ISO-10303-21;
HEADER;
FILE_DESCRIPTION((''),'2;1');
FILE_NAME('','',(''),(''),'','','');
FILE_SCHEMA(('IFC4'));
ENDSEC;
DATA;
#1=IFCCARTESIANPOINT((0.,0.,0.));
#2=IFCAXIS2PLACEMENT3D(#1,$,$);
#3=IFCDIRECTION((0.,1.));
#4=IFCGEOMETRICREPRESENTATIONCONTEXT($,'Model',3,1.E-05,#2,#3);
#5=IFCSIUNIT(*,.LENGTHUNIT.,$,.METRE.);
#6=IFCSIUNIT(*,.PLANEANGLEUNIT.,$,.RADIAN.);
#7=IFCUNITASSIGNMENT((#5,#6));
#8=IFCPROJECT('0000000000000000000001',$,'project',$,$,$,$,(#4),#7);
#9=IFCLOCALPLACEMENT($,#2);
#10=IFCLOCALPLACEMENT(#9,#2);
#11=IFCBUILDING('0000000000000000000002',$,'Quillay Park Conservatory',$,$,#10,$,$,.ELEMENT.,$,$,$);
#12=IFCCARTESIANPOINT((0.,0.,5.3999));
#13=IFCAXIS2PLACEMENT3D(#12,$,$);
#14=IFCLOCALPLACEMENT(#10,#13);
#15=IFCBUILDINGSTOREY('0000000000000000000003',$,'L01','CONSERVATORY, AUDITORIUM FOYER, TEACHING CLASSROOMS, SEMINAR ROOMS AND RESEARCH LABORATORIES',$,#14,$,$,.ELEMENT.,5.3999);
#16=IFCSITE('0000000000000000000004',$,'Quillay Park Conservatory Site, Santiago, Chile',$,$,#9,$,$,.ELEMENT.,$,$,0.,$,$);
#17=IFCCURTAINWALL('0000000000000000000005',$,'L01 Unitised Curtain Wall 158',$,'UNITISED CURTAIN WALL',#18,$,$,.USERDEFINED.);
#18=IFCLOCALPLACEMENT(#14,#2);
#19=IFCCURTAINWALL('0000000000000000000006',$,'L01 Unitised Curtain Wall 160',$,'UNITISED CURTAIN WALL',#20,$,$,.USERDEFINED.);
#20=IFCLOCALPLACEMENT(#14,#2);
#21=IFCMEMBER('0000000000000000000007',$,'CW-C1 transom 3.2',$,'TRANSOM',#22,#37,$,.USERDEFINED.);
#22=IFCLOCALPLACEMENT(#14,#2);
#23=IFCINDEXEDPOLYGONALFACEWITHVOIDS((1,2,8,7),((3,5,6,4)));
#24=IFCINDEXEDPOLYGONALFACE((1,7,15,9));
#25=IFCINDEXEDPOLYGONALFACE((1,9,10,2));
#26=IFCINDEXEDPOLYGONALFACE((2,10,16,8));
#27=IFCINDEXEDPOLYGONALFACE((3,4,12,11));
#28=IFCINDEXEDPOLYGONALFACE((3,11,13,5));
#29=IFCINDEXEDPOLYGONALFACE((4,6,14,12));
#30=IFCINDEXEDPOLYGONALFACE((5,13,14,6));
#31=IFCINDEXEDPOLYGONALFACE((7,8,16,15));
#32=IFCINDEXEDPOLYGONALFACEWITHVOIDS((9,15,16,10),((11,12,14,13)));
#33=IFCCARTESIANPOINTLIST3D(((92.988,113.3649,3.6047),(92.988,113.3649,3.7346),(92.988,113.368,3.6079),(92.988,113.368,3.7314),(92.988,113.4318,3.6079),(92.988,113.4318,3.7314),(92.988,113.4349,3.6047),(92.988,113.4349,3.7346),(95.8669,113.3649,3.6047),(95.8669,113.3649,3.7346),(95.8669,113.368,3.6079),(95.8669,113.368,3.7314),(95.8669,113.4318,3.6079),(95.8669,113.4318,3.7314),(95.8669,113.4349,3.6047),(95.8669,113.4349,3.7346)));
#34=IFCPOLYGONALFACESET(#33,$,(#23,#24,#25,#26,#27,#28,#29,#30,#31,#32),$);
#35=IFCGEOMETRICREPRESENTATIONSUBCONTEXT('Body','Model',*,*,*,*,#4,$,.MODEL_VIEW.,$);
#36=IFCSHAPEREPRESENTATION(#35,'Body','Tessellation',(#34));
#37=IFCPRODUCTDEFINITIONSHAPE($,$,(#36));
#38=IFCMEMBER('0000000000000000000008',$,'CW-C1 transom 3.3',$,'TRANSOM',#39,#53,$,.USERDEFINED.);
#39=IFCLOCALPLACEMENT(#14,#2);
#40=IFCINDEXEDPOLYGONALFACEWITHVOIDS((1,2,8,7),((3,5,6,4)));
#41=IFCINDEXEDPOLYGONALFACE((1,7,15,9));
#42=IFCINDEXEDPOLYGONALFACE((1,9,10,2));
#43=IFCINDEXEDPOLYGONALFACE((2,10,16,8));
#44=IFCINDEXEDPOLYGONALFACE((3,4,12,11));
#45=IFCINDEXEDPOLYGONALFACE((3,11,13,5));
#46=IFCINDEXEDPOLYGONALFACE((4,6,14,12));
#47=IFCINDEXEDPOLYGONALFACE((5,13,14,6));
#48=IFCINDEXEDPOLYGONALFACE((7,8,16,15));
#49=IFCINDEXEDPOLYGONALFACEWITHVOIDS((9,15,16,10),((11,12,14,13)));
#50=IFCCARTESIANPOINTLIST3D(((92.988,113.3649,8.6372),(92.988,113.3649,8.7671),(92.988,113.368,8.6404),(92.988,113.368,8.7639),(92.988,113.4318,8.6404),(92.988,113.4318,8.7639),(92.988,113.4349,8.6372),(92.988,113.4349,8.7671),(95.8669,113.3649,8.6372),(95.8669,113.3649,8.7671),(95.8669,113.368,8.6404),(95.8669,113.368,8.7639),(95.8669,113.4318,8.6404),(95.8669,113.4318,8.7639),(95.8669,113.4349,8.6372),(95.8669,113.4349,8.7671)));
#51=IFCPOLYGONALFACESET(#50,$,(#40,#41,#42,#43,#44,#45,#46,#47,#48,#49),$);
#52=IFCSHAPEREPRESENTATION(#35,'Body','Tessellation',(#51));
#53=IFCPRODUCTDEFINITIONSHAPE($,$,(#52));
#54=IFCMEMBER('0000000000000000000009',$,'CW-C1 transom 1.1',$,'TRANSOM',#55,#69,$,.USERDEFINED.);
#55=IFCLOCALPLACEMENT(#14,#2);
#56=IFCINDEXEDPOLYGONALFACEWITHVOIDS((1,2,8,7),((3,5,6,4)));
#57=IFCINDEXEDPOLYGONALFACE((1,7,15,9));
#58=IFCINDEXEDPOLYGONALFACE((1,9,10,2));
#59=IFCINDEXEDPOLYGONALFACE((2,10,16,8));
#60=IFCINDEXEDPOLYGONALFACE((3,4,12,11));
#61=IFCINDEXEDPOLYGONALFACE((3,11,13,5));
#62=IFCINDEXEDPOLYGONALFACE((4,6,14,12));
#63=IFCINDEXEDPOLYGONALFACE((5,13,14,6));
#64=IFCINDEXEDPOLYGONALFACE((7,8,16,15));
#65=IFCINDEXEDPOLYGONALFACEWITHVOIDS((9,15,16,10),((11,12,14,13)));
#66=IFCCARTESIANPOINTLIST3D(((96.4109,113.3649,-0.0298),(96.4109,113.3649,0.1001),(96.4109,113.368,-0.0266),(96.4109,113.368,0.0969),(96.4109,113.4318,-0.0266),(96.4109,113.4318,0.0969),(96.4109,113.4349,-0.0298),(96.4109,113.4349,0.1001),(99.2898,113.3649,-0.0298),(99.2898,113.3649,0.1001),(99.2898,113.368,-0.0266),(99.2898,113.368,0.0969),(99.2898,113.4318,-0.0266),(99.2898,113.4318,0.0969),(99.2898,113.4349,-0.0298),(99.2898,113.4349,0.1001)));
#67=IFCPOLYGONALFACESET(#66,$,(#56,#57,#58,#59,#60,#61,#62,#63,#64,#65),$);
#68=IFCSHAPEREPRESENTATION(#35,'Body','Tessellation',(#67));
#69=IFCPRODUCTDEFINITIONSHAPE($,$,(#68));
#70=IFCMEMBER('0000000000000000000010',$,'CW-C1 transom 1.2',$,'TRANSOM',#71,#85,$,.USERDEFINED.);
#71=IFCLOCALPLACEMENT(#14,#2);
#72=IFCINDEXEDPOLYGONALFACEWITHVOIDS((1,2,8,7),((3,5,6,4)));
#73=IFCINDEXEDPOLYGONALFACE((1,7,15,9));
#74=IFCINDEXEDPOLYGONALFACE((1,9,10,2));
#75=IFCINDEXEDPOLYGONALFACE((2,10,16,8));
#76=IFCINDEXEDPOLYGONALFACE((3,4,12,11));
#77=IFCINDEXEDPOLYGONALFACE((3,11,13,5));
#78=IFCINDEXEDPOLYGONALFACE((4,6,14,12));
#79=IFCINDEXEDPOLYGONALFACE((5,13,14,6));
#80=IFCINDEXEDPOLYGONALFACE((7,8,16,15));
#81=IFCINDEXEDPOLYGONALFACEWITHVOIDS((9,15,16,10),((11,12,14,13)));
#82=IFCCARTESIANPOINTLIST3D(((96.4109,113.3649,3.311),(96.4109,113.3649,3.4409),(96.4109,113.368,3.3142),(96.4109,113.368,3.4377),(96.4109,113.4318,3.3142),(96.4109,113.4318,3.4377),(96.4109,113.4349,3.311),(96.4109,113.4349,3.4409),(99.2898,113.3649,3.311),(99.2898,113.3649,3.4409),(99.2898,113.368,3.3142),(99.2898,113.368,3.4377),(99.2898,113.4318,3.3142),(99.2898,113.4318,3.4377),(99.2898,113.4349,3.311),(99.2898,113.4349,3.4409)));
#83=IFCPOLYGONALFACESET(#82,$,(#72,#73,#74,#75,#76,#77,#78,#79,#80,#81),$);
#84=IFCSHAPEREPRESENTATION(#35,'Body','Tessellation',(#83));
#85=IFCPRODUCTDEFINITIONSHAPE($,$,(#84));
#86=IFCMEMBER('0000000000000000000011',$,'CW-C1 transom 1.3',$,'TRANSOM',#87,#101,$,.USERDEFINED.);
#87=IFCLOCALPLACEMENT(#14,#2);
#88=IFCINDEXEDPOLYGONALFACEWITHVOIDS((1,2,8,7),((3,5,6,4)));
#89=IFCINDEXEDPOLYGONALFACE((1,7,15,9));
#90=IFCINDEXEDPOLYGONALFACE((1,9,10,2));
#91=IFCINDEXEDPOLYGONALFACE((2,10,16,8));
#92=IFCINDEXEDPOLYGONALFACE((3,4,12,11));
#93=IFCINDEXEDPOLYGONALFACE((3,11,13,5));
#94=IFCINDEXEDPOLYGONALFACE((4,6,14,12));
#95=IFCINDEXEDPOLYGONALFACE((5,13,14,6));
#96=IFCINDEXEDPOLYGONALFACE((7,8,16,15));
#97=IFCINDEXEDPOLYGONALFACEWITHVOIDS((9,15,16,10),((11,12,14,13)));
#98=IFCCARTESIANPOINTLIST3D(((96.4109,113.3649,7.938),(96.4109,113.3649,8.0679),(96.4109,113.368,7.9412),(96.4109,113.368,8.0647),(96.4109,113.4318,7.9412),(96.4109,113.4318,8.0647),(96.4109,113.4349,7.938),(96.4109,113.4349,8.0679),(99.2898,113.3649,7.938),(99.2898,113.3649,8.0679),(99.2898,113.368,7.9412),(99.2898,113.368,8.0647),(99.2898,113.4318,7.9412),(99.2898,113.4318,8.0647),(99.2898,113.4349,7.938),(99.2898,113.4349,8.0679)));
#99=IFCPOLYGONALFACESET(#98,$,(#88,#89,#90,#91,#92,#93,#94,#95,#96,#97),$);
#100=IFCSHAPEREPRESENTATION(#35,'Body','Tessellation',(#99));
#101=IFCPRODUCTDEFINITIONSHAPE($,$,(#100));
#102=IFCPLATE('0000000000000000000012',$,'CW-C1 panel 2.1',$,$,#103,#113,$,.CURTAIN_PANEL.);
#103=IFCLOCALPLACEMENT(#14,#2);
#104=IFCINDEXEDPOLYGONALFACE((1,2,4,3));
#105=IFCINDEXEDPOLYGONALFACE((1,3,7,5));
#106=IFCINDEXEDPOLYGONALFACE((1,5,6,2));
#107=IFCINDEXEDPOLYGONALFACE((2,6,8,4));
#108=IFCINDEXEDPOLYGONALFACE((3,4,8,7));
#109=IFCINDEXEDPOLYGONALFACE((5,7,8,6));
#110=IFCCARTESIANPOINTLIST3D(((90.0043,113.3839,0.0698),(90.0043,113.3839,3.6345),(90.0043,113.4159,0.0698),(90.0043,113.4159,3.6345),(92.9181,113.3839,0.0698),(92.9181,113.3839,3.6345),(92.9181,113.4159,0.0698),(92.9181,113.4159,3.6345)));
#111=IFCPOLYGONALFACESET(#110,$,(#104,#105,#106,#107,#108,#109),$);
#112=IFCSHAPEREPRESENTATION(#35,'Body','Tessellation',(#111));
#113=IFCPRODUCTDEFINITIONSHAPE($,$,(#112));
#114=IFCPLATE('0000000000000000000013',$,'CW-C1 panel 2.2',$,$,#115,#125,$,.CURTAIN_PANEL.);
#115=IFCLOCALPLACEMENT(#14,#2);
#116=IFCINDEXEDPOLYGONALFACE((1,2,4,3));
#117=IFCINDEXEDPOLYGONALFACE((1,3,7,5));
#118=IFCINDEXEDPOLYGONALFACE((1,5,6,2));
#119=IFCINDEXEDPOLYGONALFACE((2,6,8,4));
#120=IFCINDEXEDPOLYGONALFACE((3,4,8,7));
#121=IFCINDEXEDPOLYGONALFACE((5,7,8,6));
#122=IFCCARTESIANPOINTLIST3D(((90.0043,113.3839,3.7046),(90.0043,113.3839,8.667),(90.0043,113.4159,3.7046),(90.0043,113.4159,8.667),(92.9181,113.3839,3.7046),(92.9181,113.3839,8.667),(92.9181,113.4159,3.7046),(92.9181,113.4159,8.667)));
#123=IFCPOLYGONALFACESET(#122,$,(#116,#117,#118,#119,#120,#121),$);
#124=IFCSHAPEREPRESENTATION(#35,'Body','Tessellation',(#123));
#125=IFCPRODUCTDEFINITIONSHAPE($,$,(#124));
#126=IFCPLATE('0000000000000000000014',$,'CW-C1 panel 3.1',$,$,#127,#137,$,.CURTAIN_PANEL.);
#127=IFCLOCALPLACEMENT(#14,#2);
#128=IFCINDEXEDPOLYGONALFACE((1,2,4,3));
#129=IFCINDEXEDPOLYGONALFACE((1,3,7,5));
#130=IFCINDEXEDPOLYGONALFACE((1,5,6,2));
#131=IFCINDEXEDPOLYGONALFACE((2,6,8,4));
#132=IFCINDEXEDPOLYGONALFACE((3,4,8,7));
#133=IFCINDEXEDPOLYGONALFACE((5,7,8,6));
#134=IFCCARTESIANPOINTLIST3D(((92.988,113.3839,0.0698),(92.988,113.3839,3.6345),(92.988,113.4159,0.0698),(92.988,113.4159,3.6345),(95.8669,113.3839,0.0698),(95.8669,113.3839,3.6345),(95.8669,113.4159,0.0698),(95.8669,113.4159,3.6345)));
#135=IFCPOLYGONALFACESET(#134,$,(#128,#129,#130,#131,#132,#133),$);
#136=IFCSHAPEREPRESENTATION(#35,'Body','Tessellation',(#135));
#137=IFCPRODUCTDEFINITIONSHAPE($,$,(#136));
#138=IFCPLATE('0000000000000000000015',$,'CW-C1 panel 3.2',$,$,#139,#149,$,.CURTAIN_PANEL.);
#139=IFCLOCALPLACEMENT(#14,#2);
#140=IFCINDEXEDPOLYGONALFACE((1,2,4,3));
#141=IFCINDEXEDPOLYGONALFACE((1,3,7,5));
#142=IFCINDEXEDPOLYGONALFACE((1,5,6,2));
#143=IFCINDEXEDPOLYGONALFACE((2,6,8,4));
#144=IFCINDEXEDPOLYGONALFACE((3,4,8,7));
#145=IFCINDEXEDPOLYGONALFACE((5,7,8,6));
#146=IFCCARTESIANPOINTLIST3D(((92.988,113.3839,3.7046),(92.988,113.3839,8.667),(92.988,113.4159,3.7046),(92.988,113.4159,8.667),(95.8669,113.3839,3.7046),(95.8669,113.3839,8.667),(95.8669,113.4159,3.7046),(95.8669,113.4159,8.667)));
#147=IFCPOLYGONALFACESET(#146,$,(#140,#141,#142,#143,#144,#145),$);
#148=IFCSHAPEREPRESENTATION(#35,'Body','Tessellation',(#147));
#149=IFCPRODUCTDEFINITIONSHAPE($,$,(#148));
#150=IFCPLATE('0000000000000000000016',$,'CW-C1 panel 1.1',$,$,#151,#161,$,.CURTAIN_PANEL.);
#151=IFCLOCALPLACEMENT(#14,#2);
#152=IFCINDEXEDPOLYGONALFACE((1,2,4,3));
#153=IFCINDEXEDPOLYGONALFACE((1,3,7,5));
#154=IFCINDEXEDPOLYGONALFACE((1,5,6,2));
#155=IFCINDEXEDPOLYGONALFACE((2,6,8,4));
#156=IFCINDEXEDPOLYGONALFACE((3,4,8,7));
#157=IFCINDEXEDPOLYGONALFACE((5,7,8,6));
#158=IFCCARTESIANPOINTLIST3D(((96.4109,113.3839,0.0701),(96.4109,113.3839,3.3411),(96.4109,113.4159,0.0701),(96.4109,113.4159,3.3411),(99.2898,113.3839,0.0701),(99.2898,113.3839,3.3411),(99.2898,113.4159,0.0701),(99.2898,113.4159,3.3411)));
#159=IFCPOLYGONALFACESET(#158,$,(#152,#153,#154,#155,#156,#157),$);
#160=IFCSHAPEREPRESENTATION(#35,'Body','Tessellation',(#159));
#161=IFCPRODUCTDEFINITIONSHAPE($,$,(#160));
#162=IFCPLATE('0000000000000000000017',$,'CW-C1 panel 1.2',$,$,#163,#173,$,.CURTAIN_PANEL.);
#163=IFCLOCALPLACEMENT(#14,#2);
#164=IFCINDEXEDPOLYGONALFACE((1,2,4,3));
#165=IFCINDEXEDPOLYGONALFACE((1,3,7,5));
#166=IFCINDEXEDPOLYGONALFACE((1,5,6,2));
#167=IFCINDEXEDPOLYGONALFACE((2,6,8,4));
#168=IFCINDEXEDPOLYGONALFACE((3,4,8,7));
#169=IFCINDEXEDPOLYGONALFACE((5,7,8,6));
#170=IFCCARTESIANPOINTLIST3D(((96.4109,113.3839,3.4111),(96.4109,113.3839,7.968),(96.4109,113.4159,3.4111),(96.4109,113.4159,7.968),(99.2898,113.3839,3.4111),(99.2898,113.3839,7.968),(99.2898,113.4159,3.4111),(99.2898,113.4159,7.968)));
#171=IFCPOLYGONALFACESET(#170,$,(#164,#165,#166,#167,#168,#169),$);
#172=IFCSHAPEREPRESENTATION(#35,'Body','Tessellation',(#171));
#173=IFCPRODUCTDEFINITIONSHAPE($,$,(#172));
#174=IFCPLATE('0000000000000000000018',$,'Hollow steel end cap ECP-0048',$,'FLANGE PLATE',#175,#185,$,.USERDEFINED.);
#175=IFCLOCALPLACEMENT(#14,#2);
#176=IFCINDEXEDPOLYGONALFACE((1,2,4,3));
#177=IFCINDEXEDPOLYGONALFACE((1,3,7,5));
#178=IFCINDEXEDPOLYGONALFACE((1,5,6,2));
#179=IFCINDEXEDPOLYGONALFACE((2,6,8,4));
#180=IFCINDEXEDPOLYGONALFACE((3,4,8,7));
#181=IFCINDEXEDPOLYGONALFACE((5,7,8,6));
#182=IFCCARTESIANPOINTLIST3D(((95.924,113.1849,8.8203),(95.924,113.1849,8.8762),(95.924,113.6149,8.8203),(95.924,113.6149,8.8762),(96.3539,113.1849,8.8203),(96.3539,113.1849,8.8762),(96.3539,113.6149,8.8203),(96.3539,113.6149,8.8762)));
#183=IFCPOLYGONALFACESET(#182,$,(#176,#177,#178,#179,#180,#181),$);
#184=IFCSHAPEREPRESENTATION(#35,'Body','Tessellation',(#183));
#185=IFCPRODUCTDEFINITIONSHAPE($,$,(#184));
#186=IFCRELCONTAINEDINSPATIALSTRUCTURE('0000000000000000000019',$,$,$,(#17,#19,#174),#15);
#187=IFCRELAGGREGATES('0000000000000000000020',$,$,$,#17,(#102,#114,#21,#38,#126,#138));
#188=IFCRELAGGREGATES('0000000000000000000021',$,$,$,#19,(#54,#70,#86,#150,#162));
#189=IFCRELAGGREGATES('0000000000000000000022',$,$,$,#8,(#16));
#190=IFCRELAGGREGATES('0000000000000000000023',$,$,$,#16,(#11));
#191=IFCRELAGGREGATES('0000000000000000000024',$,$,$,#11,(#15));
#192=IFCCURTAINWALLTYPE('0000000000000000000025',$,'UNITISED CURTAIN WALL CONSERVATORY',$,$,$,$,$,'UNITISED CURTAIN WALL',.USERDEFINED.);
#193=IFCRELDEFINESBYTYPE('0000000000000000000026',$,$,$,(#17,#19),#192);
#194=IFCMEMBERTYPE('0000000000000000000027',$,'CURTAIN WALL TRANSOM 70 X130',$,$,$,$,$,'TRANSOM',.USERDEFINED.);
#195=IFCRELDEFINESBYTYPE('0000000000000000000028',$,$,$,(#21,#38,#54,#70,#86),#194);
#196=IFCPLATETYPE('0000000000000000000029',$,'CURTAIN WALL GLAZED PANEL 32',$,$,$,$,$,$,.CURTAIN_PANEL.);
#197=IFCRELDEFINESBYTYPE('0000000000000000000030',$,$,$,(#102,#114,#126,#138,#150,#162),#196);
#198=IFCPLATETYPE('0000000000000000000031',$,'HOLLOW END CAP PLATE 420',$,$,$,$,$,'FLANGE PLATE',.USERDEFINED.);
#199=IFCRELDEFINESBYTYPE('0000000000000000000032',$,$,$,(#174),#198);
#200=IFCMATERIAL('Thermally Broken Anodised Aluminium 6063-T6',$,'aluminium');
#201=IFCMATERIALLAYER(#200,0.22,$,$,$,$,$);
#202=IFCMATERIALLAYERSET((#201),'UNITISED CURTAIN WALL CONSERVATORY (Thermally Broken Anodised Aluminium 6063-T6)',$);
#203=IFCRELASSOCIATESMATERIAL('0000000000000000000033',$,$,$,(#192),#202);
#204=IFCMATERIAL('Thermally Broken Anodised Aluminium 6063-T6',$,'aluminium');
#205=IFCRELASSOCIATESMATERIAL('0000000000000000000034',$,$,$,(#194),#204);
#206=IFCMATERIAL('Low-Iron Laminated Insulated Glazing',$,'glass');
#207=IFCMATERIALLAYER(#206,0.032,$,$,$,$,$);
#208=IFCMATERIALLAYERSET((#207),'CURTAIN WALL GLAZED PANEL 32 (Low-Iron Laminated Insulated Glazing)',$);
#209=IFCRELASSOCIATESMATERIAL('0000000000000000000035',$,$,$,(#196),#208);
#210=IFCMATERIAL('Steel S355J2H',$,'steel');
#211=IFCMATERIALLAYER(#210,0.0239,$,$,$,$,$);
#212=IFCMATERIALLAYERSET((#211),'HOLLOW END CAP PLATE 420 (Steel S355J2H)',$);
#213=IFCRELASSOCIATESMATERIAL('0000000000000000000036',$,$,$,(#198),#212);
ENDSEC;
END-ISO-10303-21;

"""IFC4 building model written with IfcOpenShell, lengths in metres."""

from ifc_helpers import new_model, si_unit, direction, frame, origin, origin_2d, place, context, subcontext, project, spatial, rectangle, hollow_rectangle, extrude, material, layer, layer_set, material_profile, profile_set, type_object, element, aggregate, save


model = new_model("IFC4")

# Units and contexts
model_context = context("Model", 3, precision=1e-05, world=origin(), true_north=direction((0.0, 1.0)))
body_context = subcontext(model_context, "Body", "Model", "MODEL_VIEW")
ifc_project = project(units=[si_unit("LENGTHUNIT", "METRE"), si_unit("PLANEANGLEUNIT", "RADIAN")], contexts=[model_context])

# Site, building, storey
site_placement = place(None, origin())
site = spatial("IfcSite", under=ifc_project, at=site_placement, Name="Quillay Park Conservatory Site, Santiago, Chile", CompositionType="ELEMENT", RefElevation=0.0)
building_placement = place(site_placement, origin())
building = spatial("IfcBuilding", under=site, at=building_placement, Name="Quillay Park Conservatory", CompositionType="ELEMENT")
storey_placement = place(building_placement, frame((0.0, 0.0, 5.3999)))
storey = spatial("IfcBuildingStorey", under=building, at=storey_placement, Name="L01", Description="CONSERVATORY, AUDITORIUM FOYER, TEACHING CLASSROOMS, SEMINAR ROOMS AND RESEARCH LABORATORIES", CompositionType="ELEMENT", Elevation=5.3999)

# Curtain walls
ifc_material_1 = material(Name="Thermally Broken Anodised Aluminium 6063-T6", Category="aluminium")
ifc_layer_1 = layer(ifc_material_1, 0.22)
ifc_layer_set_1 = layer_set([ifc_layer_1], Name="UNITISED CURTAIN WALL CONSERVATORY (Thermally Broken Anodised Aluminium 6063-T6)")
curtain_wall_type = type_object("IfcCurtainWallType", Name="UNITISED CURTAIN WALL CONSERVATORY", ElementType="UNITISED CURTAIN WALL", PredefinedType="USERDEFINED", material=ifc_layer_set_1)
curtain_wall_1_placement = place(storey_placement, origin())
curtain_wall_1 = element("IfcCurtainWall", 1, at=curtain_wall_1_placement, inside=storey, type_object=curtain_wall_type, Name="L01 Unitised Curtain Wall 158", ObjectType="UNITISED CURTAIN WALL", PredefinedType="USERDEFINED")
curtain_wall_2_placement = place(storey_placement, origin())
curtain_wall_2 = element("IfcCurtainWall", 2, at=curtain_wall_2_placement, inside=storey, type_object=curtain_wall_type, Name="L01 Unitised Curtain Wall 160", ObjectType="UNITISED CURTAIN WALL", PredefinedType="USERDEFINED")

# Members
ifc_material_2 = material(Name="Thermally Broken Anodised Aluminium 6063-T6", Category="aluminium")
ifc_material_profile_1 = material_profile(ifc_material_2, hollow_rectangle(XDim=0.0701, YDim=0.1299, WallThickness=0.0032, at=origin_2d()), Name="AL70x130x3.2")
ifc_profile_set_1 = profile_set([ifc_material_profile_1], Name="Thermally Broken Anodised Aluminium 6063-T6")
member_type_1 = type_object("IfcMemberType", Name="CURTAIN WALL TRANSOM 70 X130", ElementType="TRANSOM", PredefinedType="USERDEFINED", material=ifc_profile_set_1)
member_1_placement = place(storey_placement, frame((92.988, 113.3999, 3.6697), z_axis=(1.0, 0.0, 0.0), x_axis=(0.0, 1.0, 0.0)))
member_1 = element("IfcMember", 3, at=member_1_placement, type_object=member_type_1, Name="CW-C1 transom 3.2", ObjectType="TRANSOM", PredefinedType="USERDEFINED", context=body_context, shape_type="SweptSolid", body=[
    extrude(hollow_rectangle(XDim=0.0701, YDim=0.1299, WallThickness=0.0032, at=origin_2d()), origin(), (0.0, 0.0, 1.0), 2.8789),
])
member_2_placement = place(storey_placement, frame((92.988, 113.3999, 8.7021), z_axis=(1.0, 0.0, 0.0), x_axis=(0.0, 1.0, 0.0)))
member_2 = element("IfcMember", 4, at=member_2_placement, type_object=member_type_1, Name="CW-C1 transom 3.3", ObjectType="TRANSOM", PredefinedType="USERDEFINED", context=body_context, shape_type="SweptSolid", body=[
    extrude(hollow_rectangle(XDim=0.0701, YDim=0.1299, WallThickness=0.0032, at=origin_2d()), origin(), (0.0, 0.0, 1.0), 2.8789),
])
member_3_placement = place(storey_placement, frame((96.4109, 113.3999, 0.0352), z_axis=(1.0, 0.0, 0.0), x_axis=(0.0, 1.0, 0.0)))
member_3 = element("IfcMember", 5, at=member_3_placement, type_object=member_type_1, Name="CW-C1 transom 1.1", ObjectType="TRANSOM", PredefinedType="USERDEFINED", context=body_context, shape_type="SweptSolid", body=[
    extrude(hollow_rectangle(XDim=0.0701, YDim=0.1299, WallThickness=0.0032, at=origin_2d()), origin(), (0.0, 0.0, 1.0), 2.8789),
])
member_4_placement = place(storey_placement, frame((96.4109, 113.3999, 3.376), z_axis=(1.0, 0.0, 0.0), x_axis=(0.0, 1.0, 0.0)))
member_4 = element("IfcMember", 6, at=member_4_placement, type_object=member_type_1, Name="CW-C1 transom 1.2", ObjectType="TRANSOM", PredefinedType="USERDEFINED", context=body_context, shape_type="SweptSolid", body=[
    extrude(hollow_rectangle(XDim=0.0701, YDim=0.1299, WallThickness=0.0032, at=origin_2d()), origin(), (0.0, 0.0, 1.0), 2.8789),
])
member_5_placement = place(storey_placement, frame((96.4109, 113.3999, 8.0029), z_axis=(1.0, 0.0, 0.0), x_axis=(0.0, 1.0, 0.0)))
member_5 = element("IfcMember", 7, at=member_5_placement, type_object=member_type_1, Name="CW-C1 transom 1.3", ObjectType="TRANSOM", PredefinedType="USERDEFINED", context=body_context, shape_type="SweptSolid", body=[
    extrude(hollow_rectangle(XDim=0.0701, YDim=0.1299, WallThickness=0.0032, at=origin_2d()), origin(), (0.0, 0.0, 1.0), 2.8789),
])

# Plates
ifc_material_3 = material(Name="Low-Iron Laminated Insulated Glazing", Category="glass")
ifc_layer_2 = layer(ifc_material_3, 0.032)
ifc_layer_set_2 = layer_set([ifc_layer_2], Name="CURTAIN WALL GLAZED PANEL 32 (Low-Iron Laminated Insulated Glazing)")
plate_type_1 = type_object("IfcPlateType", Name="CURTAIN WALL GLAZED PANEL 32", PredefinedType="CURTAIN_PANEL", material=ifc_layer_set_2)
plate_1_placement = place(storey_placement, frame((91.4612, 113.3999, 0.0698), z_axis=(0.0, 0.0, 1.0), x_axis=(1.0, 0.0, 0.0)))
plate_1 = element("IfcPlate", 8, at=plate_1_placement, type_object=plate_type_1, Name="CW-C1 panel 2.1", PredefinedType="CURTAIN_PANEL", context=body_context, shape_type="SweptSolid", body=[
    extrude(rectangle(XDim=2.9138, YDim=0.032, at=origin_2d()), origin(), (0.0, 0.0, 1.0), 3.5647),
])
plate_2_placement = place(storey_placement, frame((91.4612, 113.3999, 3.7046), z_axis=(0.0, 0.0, 1.0), x_axis=(1.0, 0.0, 0.0)))
plate_2 = element("IfcPlate", 9, at=plate_2_placement, type_object=plate_type_1, Name="CW-C1 panel 2.2", PredefinedType="CURTAIN_PANEL", context=body_context, shape_type="SweptSolid", body=[
    extrude(rectangle(XDim=2.9138, YDim=0.032, at=origin_2d()), origin(), (0.0, 0.0, 1.0), 4.9624),
])
plate_3_placement = place(storey_placement, frame((94.4275, 113.3999, 0.0698), z_axis=(0.0, 0.0, 1.0), x_axis=(1.0, 0.0, 0.0)))
plate_3 = element("IfcPlate", 10, at=plate_3_placement, type_object=plate_type_1, Name="CW-C1 panel 3.1", PredefinedType="CURTAIN_PANEL", context=body_context, shape_type="SweptSolid", body=[
    extrude(rectangle(XDim=2.8789, YDim=0.032, at=origin_2d()), origin(), (0.0, 0.0, 1.0), 3.5647),
])
plate_4_placement = place(storey_placement, frame((94.4275, 113.3999, 3.7046), z_axis=(0.0, 0.0, 1.0), x_axis=(1.0, 0.0, 0.0)))
plate_4 = element("IfcPlate", 11, at=plate_4_placement, type_object=plate_type_1, Name="CW-C1 panel 3.2", PredefinedType="CURTAIN_PANEL", context=body_context, shape_type="SweptSolid", body=[
    extrude(rectangle(XDim=2.8789, YDim=0.032, at=origin_2d()), origin(), (0.0, 0.0, 1.0), 4.9624),
])
aggregate(curtain_wall_1, [plate_1, plate_2, member_1, member_2, plate_3, plate_4])
plate_5_placement = place(storey_placement, frame((97.8503, 113.3999, 0.0701), z_axis=(0.0, 0.0, 1.0), x_axis=(1.0, 0.0, 0.0)))
plate_5 = element("IfcPlate", 12, at=plate_5_placement, type_object=plate_type_1, Name="CW-C1 panel 1.1", PredefinedType="CURTAIN_PANEL", context=body_context, shape_type="SweptSolid", body=[
    extrude(rectangle(XDim=2.8789, YDim=0.032, at=origin_2d()), origin(), (0.0, 0.0, 1.0), 3.271),
])
plate_6_placement = place(storey_placement, frame((97.8503, 113.3999, 3.4111), z_axis=(0.0, 0.0, 1.0), x_axis=(1.0, 0.0, 0.0)))
plate_6 = element("IfcPlate", 13, at=plate_6_placement, type_object=plate_type_1, Name="CW-C1 panel 1.2", PredefinedType="CURTAIN_PANEL", context=body_context, shape_type="SweptSolid", body=[
    extrude(rectangle(XDim=2.8789, YDim=0.032, at=origin_2d()), origin(), (0.0, 0.0, 1.0), 4.5569),
])
aggregate(curtain_wall_2, [member_3, member_4, member_5, plate_5, plate_6])
ifc_material_4 = material(Name="Steel S355J2H", Category="steel")
ifc_layer_3 = layer(ifc_material_4, 0.0239)
ifc_layer_set_3 = layer_set([ifc_layer_3], Name="HOLLOW END CAP PLATE 420 (Steel S355J2H)")
plate_type_2 = type_object("IfcPlateType", Name="HOLLOW END CAP PLATE 420", ElementType="FLANGE PLATE", PredefinedType="USERDEFINED", material=ifc_layer_set_3)
plate_7_placement = place(storey_placement, frame((96.1389, 113.3999, 8.8203), z_axis=(0.0, 0.0, 1.0), x_axis=(1.0, 0.0, 0.0)))
element("IfcPlate", 14, at=plate_7_placement, inside=storey, type_object=plate_type_2, Name="Hollow steel end cap ECP-0048", ObjectType="FLANGE PLATE", PredefinedType="USERDEFINED", context=body_context, shape_type="SweptSolid", body=[
    extrude(rectangle(XDim=0.4299, YDim=0.4299, at=origin_2d()), origin(), (0.0, 0.0, 1.0), 0.0559),
])

save(model, "model.ifc")
